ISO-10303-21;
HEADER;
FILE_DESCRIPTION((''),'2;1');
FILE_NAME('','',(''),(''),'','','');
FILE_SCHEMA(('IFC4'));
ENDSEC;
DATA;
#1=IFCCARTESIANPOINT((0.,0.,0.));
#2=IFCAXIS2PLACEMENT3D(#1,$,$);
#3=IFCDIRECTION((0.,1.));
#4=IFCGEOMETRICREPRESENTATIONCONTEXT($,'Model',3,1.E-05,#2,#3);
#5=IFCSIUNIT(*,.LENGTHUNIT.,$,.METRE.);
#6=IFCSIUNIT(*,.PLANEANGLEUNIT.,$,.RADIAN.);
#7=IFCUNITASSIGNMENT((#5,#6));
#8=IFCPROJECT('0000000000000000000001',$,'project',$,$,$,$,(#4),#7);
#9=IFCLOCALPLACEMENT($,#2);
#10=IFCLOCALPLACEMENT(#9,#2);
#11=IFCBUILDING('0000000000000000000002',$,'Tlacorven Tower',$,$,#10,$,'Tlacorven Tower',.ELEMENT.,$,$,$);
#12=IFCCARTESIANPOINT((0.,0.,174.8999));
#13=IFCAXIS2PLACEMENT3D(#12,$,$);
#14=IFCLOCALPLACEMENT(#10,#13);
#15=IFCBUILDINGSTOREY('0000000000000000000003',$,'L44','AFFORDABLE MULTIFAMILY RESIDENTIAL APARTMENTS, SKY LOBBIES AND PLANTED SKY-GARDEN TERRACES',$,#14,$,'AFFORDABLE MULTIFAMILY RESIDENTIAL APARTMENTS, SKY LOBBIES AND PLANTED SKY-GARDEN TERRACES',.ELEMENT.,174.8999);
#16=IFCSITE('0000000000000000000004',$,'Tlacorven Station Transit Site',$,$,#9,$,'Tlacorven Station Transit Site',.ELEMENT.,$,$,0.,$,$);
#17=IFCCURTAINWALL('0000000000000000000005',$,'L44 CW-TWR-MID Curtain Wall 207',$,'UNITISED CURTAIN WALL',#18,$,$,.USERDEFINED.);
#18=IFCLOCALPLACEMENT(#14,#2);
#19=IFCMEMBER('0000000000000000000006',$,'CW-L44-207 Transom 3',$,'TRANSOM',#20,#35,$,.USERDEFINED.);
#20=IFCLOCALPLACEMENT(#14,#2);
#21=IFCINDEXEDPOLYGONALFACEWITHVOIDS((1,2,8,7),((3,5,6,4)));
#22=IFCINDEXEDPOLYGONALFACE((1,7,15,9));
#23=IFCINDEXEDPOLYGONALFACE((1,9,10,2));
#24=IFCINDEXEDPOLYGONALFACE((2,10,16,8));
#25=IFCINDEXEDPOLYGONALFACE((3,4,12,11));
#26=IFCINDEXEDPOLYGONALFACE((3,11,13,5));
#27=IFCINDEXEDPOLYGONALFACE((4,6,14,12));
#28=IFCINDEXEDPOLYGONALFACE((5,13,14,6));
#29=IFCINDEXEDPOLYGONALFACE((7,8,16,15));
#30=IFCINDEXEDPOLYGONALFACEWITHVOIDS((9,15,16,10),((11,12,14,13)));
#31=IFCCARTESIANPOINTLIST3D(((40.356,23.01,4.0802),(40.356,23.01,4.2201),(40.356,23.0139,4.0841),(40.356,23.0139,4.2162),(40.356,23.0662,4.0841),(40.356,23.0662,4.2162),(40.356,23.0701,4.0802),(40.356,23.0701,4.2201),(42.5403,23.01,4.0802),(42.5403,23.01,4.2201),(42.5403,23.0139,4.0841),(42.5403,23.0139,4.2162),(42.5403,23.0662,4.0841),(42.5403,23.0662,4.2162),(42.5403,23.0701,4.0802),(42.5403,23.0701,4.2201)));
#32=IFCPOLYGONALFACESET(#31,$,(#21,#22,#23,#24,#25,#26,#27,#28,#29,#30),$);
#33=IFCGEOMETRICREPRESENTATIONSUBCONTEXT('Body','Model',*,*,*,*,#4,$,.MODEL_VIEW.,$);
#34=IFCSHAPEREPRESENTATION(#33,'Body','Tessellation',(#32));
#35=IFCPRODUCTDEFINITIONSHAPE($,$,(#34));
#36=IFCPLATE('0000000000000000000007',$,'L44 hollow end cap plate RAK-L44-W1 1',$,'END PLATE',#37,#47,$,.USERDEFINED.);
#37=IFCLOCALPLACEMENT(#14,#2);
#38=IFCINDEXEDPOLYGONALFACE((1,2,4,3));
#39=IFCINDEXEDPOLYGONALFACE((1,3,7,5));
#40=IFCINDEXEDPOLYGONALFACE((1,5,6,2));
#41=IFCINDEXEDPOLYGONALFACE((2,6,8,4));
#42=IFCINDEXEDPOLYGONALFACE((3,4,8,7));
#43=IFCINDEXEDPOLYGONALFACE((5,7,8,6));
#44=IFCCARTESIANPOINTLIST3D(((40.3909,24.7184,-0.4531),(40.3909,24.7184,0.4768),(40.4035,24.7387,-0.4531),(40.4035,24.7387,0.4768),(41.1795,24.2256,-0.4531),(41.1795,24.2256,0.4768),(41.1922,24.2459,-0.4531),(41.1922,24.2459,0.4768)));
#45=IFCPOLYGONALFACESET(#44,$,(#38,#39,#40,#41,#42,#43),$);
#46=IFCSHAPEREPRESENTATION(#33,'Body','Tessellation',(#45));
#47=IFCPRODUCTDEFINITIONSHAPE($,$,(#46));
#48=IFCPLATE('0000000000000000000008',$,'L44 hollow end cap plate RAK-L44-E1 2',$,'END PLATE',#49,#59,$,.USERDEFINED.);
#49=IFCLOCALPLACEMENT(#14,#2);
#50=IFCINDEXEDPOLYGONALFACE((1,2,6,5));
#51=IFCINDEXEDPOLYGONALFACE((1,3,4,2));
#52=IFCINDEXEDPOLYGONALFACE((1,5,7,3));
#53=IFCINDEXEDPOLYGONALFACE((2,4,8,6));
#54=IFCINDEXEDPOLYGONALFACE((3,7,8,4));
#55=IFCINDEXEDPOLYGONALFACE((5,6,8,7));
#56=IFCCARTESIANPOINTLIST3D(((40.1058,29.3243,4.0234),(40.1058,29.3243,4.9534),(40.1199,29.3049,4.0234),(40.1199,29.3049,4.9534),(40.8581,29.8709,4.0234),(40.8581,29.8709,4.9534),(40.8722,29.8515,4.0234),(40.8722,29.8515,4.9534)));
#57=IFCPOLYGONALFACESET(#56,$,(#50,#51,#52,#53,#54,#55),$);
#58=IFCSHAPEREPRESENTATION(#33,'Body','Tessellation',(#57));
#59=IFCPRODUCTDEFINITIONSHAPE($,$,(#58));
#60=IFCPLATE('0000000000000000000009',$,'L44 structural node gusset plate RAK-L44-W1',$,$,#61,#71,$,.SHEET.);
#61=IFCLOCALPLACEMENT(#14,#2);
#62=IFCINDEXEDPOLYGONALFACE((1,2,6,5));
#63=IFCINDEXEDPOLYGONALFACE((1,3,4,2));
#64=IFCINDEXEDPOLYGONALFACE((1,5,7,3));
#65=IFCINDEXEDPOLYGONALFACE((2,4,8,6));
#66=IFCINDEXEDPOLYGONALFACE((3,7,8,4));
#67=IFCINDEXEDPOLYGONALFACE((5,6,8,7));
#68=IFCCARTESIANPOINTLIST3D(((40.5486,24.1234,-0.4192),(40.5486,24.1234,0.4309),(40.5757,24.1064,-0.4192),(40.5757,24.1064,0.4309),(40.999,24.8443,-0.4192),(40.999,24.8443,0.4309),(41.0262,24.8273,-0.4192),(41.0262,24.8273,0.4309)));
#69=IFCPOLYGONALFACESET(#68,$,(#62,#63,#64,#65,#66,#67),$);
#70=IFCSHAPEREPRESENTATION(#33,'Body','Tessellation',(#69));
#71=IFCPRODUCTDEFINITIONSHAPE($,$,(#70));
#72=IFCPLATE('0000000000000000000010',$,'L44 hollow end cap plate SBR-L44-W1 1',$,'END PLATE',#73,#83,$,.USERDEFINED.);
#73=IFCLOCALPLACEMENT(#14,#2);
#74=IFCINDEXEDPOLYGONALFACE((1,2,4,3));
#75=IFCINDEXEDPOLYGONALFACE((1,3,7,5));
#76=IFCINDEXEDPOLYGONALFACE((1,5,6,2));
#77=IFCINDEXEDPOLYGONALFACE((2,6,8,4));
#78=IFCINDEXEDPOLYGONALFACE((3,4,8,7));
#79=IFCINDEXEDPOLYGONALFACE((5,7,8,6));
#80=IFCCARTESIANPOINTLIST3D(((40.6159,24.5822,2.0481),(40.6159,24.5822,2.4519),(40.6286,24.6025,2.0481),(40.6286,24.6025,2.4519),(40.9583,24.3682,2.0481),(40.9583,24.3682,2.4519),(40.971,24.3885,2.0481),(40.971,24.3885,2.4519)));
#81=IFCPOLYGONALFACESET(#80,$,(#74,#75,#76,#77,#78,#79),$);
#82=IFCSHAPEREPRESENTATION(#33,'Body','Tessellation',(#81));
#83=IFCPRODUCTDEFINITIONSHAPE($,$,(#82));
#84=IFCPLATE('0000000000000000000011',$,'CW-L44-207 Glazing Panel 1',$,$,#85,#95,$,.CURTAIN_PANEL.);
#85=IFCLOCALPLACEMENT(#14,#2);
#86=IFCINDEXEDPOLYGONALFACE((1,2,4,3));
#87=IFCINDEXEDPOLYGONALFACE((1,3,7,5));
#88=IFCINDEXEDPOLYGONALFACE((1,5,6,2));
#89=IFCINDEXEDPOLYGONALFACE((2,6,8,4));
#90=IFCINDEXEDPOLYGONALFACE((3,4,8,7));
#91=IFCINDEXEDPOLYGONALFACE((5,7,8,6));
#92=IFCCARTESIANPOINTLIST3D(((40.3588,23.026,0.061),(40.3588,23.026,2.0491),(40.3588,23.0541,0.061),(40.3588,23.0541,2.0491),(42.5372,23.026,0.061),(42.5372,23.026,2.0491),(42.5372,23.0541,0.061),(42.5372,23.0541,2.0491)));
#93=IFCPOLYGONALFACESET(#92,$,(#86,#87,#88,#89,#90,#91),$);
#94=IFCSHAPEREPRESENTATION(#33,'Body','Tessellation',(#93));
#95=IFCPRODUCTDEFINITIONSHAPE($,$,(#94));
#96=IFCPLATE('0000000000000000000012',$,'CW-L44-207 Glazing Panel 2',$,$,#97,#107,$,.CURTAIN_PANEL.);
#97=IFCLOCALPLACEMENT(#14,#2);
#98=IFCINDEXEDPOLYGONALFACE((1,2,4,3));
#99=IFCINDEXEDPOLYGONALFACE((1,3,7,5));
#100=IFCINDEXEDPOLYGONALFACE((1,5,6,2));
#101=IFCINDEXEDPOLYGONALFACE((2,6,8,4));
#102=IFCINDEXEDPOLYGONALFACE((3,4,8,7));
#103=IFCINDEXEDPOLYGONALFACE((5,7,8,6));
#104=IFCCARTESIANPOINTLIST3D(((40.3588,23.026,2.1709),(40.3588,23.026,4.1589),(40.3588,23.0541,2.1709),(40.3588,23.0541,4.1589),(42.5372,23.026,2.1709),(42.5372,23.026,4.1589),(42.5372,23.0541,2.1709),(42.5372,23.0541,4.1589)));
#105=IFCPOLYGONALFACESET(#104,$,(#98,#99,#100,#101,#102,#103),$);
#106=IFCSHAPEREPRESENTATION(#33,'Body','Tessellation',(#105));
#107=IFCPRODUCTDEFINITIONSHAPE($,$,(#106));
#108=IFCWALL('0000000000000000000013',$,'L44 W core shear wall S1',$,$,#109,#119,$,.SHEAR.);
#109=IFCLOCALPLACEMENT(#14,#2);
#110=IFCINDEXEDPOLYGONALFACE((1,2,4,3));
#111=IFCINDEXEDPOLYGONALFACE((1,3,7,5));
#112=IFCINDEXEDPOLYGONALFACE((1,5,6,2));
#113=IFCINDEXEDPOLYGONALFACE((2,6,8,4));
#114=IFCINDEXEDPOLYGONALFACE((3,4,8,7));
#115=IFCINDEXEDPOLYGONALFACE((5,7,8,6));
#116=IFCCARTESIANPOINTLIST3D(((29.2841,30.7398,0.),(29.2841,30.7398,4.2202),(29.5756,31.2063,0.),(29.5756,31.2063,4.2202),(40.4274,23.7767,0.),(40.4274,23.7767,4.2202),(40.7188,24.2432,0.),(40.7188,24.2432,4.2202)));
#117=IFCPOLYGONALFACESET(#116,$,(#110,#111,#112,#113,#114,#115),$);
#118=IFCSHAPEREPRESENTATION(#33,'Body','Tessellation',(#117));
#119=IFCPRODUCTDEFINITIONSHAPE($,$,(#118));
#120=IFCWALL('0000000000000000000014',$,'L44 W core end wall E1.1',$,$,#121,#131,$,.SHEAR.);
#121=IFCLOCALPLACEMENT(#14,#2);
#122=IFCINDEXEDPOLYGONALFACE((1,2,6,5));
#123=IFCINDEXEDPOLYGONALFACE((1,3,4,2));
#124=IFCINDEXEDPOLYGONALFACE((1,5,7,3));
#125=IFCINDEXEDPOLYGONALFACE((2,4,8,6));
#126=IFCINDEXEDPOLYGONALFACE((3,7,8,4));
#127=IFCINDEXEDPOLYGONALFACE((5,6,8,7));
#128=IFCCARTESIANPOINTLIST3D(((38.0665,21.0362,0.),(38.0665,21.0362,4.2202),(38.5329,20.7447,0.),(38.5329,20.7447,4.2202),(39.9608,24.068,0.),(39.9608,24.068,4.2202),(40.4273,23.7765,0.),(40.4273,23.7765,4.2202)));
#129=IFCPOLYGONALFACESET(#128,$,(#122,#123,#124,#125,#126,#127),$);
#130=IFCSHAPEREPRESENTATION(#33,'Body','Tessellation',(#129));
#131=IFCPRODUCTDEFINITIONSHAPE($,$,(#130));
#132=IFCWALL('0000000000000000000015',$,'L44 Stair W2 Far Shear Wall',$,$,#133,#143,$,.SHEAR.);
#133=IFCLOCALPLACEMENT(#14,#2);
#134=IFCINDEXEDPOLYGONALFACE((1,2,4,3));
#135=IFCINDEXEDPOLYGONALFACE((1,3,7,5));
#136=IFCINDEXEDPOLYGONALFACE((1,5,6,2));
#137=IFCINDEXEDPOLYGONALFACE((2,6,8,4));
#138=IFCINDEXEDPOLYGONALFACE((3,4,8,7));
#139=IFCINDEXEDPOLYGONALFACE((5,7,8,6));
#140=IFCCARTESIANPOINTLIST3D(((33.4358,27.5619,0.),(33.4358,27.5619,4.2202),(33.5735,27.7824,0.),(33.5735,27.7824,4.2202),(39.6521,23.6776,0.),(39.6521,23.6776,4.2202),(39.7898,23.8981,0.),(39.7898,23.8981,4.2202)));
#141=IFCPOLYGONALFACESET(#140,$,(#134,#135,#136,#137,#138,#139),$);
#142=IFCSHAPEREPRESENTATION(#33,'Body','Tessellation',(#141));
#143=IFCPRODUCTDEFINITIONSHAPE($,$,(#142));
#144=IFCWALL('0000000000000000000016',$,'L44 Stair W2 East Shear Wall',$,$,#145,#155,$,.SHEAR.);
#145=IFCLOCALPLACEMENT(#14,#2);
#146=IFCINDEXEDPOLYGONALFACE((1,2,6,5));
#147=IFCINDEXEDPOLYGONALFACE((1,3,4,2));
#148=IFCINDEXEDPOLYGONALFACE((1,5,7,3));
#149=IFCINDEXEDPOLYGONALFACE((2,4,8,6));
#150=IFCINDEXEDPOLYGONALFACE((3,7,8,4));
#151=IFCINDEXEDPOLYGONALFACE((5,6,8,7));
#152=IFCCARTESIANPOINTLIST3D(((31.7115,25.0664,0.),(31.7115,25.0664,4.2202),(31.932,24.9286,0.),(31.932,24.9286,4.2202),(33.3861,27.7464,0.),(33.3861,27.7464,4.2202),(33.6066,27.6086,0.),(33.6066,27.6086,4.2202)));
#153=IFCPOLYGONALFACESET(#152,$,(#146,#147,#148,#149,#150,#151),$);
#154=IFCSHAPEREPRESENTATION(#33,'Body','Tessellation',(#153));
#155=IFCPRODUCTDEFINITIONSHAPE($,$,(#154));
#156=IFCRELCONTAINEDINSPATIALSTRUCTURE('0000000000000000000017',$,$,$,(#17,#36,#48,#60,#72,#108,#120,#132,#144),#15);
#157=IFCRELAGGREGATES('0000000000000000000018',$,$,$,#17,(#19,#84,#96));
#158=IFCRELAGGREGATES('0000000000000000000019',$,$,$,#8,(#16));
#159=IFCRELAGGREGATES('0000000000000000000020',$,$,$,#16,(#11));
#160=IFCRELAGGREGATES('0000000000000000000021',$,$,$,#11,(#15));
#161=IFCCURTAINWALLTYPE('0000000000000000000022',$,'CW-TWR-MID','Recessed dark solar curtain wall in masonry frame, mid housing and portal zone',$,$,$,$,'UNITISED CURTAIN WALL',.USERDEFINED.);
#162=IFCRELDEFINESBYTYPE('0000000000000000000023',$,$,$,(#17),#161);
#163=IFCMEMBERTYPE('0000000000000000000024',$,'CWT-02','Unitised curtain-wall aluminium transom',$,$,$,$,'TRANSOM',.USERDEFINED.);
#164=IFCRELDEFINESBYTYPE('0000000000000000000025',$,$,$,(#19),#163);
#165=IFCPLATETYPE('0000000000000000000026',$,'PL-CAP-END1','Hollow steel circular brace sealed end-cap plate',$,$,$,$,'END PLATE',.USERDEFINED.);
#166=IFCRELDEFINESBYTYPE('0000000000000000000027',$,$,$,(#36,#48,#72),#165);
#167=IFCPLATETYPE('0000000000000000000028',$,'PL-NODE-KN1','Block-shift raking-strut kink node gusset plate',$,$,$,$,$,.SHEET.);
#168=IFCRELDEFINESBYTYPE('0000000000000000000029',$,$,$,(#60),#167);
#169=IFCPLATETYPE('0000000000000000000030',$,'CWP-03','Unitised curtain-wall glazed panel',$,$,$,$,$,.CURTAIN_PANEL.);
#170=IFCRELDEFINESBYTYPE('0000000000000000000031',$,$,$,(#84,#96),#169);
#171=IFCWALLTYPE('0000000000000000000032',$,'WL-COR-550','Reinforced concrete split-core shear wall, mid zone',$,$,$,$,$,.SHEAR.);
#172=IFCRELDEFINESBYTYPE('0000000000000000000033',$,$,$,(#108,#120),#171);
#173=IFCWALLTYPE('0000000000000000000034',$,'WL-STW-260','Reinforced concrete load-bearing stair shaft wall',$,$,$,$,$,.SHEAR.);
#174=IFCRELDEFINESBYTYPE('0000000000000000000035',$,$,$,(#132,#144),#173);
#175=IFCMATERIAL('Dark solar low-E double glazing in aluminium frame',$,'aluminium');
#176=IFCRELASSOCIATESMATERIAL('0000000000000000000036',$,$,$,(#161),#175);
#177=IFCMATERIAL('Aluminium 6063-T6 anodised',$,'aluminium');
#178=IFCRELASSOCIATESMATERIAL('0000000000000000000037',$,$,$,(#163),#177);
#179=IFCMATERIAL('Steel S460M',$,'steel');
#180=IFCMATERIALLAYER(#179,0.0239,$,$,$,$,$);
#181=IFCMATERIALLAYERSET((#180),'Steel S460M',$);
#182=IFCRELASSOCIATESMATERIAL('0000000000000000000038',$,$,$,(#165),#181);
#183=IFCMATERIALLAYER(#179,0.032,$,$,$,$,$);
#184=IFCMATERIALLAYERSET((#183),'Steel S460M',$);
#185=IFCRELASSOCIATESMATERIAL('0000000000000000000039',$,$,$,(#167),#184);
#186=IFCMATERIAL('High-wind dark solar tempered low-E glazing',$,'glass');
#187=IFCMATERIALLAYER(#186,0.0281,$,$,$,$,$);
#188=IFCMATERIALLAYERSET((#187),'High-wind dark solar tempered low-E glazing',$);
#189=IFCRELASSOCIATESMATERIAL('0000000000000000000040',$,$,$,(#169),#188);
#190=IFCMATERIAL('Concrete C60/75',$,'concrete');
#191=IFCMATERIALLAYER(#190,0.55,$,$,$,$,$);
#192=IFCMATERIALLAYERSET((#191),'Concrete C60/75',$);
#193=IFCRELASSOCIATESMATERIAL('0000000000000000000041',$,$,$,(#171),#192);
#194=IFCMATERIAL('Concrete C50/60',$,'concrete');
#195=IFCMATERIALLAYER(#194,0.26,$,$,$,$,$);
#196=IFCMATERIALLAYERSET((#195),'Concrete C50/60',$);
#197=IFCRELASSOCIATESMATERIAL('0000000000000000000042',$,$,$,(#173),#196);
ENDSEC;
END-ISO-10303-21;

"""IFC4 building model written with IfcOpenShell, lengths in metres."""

from ifc_helpers import new_model, si_unit, direction, frame, frame_2d, origin, origin_2d, place, context, subcontext, project, spatial, rectangle, hollow_rectangle, extrude, source, transform, mapped, material, layer, layer_set, material_profile, profile_set, type_object, element, aggregate, save


model = new_model("IFC4")

# Units and contexts
model_context = context("Model", 3, precision=1e-05, world=origin(), true_north=direction((0.0, 1.0)))
body_context = subcontext(model_context, "Body", "Model", "MODEL_VIEW")
ifc_project = project(units=[si_unit("LENGTHUNIT", "METRE"), si_unit("PLANEANGLEUNIT", "RADIAN")], contexts=[model_context])

# Site, building, storey
site_placement = place(None, origin())
site = spatial("IfcSite", under=ifc_project, at=site_placement, Name="Tlacorven Station Transit Site", LongName="Tlacorven Station Transit Site", CompositionType="ELEMENT", RefElevation=0.0)
building_placement = place(site_placement, origin())
building = spatial("IfcBuilding", under=site, at=building_placement, Name="Tlacorven Tower", LongName="Tlacorven Tower", CompositionType="ELEMENT")
storey_placement = place(building_placement, frame((0.0, 0.0, 174.8999)))
storey = spatial("IfcBuildingStorey", under=building, at=storey_placement, Name="L44", Description="AFFORDABLE MULTIFAMILY RESIDENTIAL APARTMENTS, SKY LOBBIES AND PLANTED SKY-GARDEN TERRACES", LongName="AFFORDABLE MULTIFAMILY RESIDENTIAL APARTMENTS, SKY LOBBIES AND PLANTED SKY-GARDEN TERRACES", CompositionType="ELEMENT", Elevation=174.8999)

# Shared definitions
ifc_material_1 = material(Name="Steel S460M", Category="steel")

# Curtain wall, member
ifc_material_2 = material(Name="Dark solar low-E double glazing in aluminium frame", Category="aluminium")
curtain_wall_type = type_object("IfcCurtainWallType", Name="CW-TWR-MID", Description="Recessed dark solar curtain wall in masonry frame, mid housing and portal zone", ElementType="UNITISED CURTAIN WALL", PredefinedType="USERDEFINED", material=ifc_material_2)
curtain_wall_placement = place(storey_placement, origin())
curtain_wall = element("IfcCurtainWall", 1, at=curtain_wall_placement, inside=storey, type_object=curtain_wall_type, Name="L44 CW-TWR-MID Curtain Wall 207", ObjectType="UNITISED CURTAIN WALL", PredefinedType="USERDEFINED")
ifc_material_3 = material(Name="Aluminium 6063-T6 anodised", Category="aluminium")
ifc_material_profile_1 = material_profile(ifc_material_3, hollow_rectangle(XDim=0.0601, YDim=0.1399, WallThickness=0.0039, at=origin_2d()), Name="ALU TRANSOM 60X140")
ifc_profile_set_1 = profile_set([ifc_material_profile_1], Name="Aluminium 6063-T6 anodised")
member_type_1 = type_object("IfcMemberType", Name="CWT-02", Description="Unitised curtain-wall aluminium transom", ElementType="TRANSOM", PredefinedType="USERDEFINED", material=ifc_profile_set_1)
shared_shape_1 = source(origin(), body_context, "Body", "SweptSolid", [
    extrude(hollow_rectangle(XDim=0.0601, YDim=0.1399, WallThickness=0.0039, at=origin_2d()), origin(), (0.0, 0.0, 1.0), 2.1843),
])
member_1_placement = place(storey_placement, frame((40.356, 23.04, 4.1501), z_axis=(1.0, 0.0, 0.0), x_axis=(0.0, 1.0, 0.0)))
member_1 = element("IfcMember", 2, at=member_1_placement, type_object=member_type_1, Name="CW-L44-207 Transom 3", ObjectType="TRANSOM", PredefinedType="USERDEFINED", context=body_context, shape_type="MappedRepresentation", body=[
    mapped(shared_shape_1, transform((0.0, 0.0, 0.0), scale=1.0)),
])

# Plates
ifc_layer_1 = layer(ifc_material_1, 0.0239)
ifc_layer_set_1 = layer_set([ifc_layer_1], Name="Steel S460M")
plate_type_1 = type_object("IfcPlateType", Name="PL-CAP-END1", Description="Hollow steel circular brace sealed end-cap plate", ElementType="END PLATE", PredefinedType="USERDEFINED", material=ifc_layer_set_1)
shared_shape_2 = source(origin(), body_context, "Body", "SweptSolid", [
    extrude(rectangle(XDim=0.0239, YDim=0.9299, at=origin_2d()), origin(), (0.0, 0.0, 1.0), 0.9299),
])
for number, where, z_axis, x_axis, name in (
    (3, (40.7915, 24.4822, -0.4531), (0.0, 0.0, 1.0), (0.529919, 0.848048, 0.0), "L44 hollow end cap plate RAK-L44-W1 1"),
    (4, (40.489, 29.5879, 4.0234), (0.0, 0.0, 1.0), (-0.587785, 0.809017, 0.0), "L44 hollow end cap plate RAK-L44-E1 2"),
):
    element("IfcPlate", number, at=place(storey_placement, frame(where, z_axis=z_axis, x_axis=x_axis)), inside=storey, type_object=plate_type_1, Name=name, ObjectType="END PLATE", PredefinedType="USERDEFINED", context=body_context, shape_type="MappedRepresentation", body=[
        mapped(shared_shape_2, transform((0.0, 0.0, 0.0), scale=1.0)),
    ])
ifc_layer_2 = layer(ifc_material_1, 0.032)
ifc_layer_set_2 = layer_set([ifc_layer_2], Name="Steel S460M")
plate_type_2 = type_object("IfcPlateType", Name="PL-NODE-KN1", Description="Block-shift raking-strut kink node gusset plate", PredefinedType="SHEET", material=ifc_layer_set_2)
shared_shape_3 = source(origin(), body_context, "Body", "SweptSolid", [
    extrude(rectangle(XDim=0.8501, YDim=0.032, at=origin_2d()), origin(), (0.0, 0.0, 1.0), 0.8501),
])
plate_1_placement = place(storey_placement, frame((40.7874, 24.4753, -0.4192), z_axis=(0.0, 0.0, 1.0), x_axis=(0.529919, 0.848048, 0.0)))
element("IfcPlate", 5, at=plate_1_placement, inside=storey, type_object=plate_type_2, Name="L44 structural node gusset plate RAK-L44-W1", PredefinedType="SHEET", context=body_context, shape_type="MappedRepresentation", body=[
    mapped(shared_shape_3, transform((0.0, 0.0, 0.0), scale=1.0)),
])
shared_shape_4 = source(origin(), body_context, "Body", "SweptSolid", [
    extrude(rectangle(XDim=0.0239, YDim=0.4038, at=origin_2d()), origin(), (0.0, 0.0, 1.0), 0.4038),
])
plate_2_placement = place(storey_placement, frame((40.7935, 24.4854, 2.0481), z_axis=(0.0, 0.0, 1.0), x_axis=(0.52992, 0.848047, 0.0)))
element("IfcPlate", 6, at=plate_2_placement, inside=storey, type_object=plate_type_1, Name="L44 hollow end cap plate SBR-L44-W1 1", ObjectType="END PLATE", PredefinedType="USERDEFINED", context=body_context, shape_type="MappedRepresentation", body=[
    mapped(shared_shape_4, transform((0.0, 0.0, 0.0), scale=1.0)),
])

# Plates
ifc_material_4 = material(Name="High-wind dark solar tempered low-E glazing", Category="glass")
ifc_layer_3 = layer(ifc_material_4, 0.0281)
ifc_layer_set_3 = layer_set([ifc_layer_3], Name="High-wind dark solar tempered low-E glazing")
plate_type_3 = type_object("IfcPlateType", Name="CWP-03", Description="Unitised curtain-wall glazed panel", PredefinedType="CURTAIN_PANEL", material=ifc_layer_set_3)
shared_shape_5 = source(origin(), body_context, "Body", "SweptSolid", [
    extrude(rectangle(XDim=2.1785, YDim=0.0281, at=origin_2d()), origin(), (0.0, 0.0, 1.0), 1.988),
])
plate_3_placement = place(storey_placement, frame((41.448, 23.04, 0.061), z_axis=(0.0, 0.0, 1.0), x_axis=(1.0, 0.0, 0.0)))
plate_3 = element("IfcPlate", 7, at=plate_3_placement, type_object=plate_type_3, Name="CW-L44-207 Glazing Panel 1", PredefinedType="CURTAIN_PANEL", context=body_context, shape_type="MappedRepresentation", body=[
    mapped(shared_shape_5, transform((0.0, 0.0, 0.0), scale=1.0)),
])
plate_4_placement = place(storey_placement, frame((41.448, 23.04, 2.1709), z_axis=(0.0, 0.0, 1.0), x_axis=(1.0, 0.0, 0.0)))
plate_4 = element("IfcPlate", 8, at=plate_4_placement, type_object=plate_type_3, Name="CW-L44-207 Glazing Panel 2", PredefinedType="CURTAIN_PANEL", context=body_context, shape_type="MappedRepresentation", body=[
    mapped(shared_shape_5, transform((0.0, 0.0, 0.0), scale=1.0)),
])
aggregate(curtain_wall, [member_1, plate_3, plate_4])

# Walls
ifc_material_5 = material(Name="Concrete C60/75", Category="concrete")
ifc_layer_4 = layer(ifc_material_5, 0.55)
ifc_layer_set_4 = layer_set([ifc_layer_4], Name="Concrete C60/75")
wall_type_1 = type_object("IfcWallType", Name="WL-COR-550", Description="Reinforced concrete split-core shear wall, mid zone", PredefinedType="SHEAR", material=ifc_layer_set_4)
wall_1_placement = place(storey_placement, frame((40.573, 24.01, 0.0), z_axis=(0.0, 0.0, 1.0), x_axis=(-0.848047, 0.52992, 0.0)))
element("IfcWall", 9, at=wall_1_placement, inside=storey, type_object=wall_type_1, Name="L44 W core shear wall S1", PredefinedType="SHEAR", context=body_context, shape_type="SweptSolid", body=[
    extrude(rectangle(XDim=13.1399, YDim=0.55, at=frame_2d((6.5698, 0.0))), origin(), (0.0, 0.0, 1.0), 4.2202),
])
wall_2_placement = place(storey_placement, frame((40.1941, 23.9224, 0.0), z_axis=(0.0, 0.0, 1.0), x_axis=(-0.529888, -0.848067, 0.0)))
element("IfcWall", 10, at=wall_2_placement, inside=storey, type_object=wall_type_1, Name="L44 W core end wall E1.1", PredefinedType="SHEAR", context=body_context, shape_type="SweptSolid", body=[
    extrude(rectangle(XDim=3.575, YDim=0.55, at=frame_2d((1.7876, 0.0))), origin(), (0.0, 0.0, 1.0), 4.2202),
])
ifc_material_6 = material(Name="Concrete C50/60", Category="concrete")
ifc_layer_5 = layer(ifc_material_6, 0.26)
ifc_layer_set_5 = layer_set([ifc_layer_5], Name="Concrete C50/60")
wall_type_2 = type_object("IfcWallType", Name="WL-STW-260", Description="Reinforced concrete load-bearing stair shaft wall", PredefinedType="SHEAR", material=ifc_layer_set_5)
wall_3_placement = place(storey_placement, frame((39.7209, 23.7878, 0.0), z_axis=(0.0, 0.0, 1.0), x_axis=(-0.848054, 0.529909, 0.0)))
element("IfcWall", 11, at=wall_3_placement, inside=storey, type_object=wall_type_2, Name="L44 Stair W2 Far Shear Wall", PredefinedType="SHEAR", context=body_context, shape_type="SweptSolid", body=[
    extrude(rectangle(XDim=7.3301, YDim=0.26, at=frame_2d((3.665, 0.0))), origin(), (0.0, 0.0, 1.0), 4.2202),
])
wall_4_placement = place(storey_placement, frame((33.4963, 27.6775, 0.0), z_axis=(0.0, 0.0, 1.0), x_axis=(-0.529909, -0.848055, 0.0)))
element("IfcWall", 12, at=wall_4_placement, inside=storey, type_object=wall_type_2, Name="L44 Stair W2 East Shear Wall", PredefinedType="SHEAR", context=body_context, shape_type="SweptSolid", body=[
    extrude(rectangle(XDim=3.1602, YDim=0.26, at=frame_2d((1.5801, 0.0))), origin(), (0.0, 0.0, 1.0), 4.2202),
])

save(model, "model.ifc")
